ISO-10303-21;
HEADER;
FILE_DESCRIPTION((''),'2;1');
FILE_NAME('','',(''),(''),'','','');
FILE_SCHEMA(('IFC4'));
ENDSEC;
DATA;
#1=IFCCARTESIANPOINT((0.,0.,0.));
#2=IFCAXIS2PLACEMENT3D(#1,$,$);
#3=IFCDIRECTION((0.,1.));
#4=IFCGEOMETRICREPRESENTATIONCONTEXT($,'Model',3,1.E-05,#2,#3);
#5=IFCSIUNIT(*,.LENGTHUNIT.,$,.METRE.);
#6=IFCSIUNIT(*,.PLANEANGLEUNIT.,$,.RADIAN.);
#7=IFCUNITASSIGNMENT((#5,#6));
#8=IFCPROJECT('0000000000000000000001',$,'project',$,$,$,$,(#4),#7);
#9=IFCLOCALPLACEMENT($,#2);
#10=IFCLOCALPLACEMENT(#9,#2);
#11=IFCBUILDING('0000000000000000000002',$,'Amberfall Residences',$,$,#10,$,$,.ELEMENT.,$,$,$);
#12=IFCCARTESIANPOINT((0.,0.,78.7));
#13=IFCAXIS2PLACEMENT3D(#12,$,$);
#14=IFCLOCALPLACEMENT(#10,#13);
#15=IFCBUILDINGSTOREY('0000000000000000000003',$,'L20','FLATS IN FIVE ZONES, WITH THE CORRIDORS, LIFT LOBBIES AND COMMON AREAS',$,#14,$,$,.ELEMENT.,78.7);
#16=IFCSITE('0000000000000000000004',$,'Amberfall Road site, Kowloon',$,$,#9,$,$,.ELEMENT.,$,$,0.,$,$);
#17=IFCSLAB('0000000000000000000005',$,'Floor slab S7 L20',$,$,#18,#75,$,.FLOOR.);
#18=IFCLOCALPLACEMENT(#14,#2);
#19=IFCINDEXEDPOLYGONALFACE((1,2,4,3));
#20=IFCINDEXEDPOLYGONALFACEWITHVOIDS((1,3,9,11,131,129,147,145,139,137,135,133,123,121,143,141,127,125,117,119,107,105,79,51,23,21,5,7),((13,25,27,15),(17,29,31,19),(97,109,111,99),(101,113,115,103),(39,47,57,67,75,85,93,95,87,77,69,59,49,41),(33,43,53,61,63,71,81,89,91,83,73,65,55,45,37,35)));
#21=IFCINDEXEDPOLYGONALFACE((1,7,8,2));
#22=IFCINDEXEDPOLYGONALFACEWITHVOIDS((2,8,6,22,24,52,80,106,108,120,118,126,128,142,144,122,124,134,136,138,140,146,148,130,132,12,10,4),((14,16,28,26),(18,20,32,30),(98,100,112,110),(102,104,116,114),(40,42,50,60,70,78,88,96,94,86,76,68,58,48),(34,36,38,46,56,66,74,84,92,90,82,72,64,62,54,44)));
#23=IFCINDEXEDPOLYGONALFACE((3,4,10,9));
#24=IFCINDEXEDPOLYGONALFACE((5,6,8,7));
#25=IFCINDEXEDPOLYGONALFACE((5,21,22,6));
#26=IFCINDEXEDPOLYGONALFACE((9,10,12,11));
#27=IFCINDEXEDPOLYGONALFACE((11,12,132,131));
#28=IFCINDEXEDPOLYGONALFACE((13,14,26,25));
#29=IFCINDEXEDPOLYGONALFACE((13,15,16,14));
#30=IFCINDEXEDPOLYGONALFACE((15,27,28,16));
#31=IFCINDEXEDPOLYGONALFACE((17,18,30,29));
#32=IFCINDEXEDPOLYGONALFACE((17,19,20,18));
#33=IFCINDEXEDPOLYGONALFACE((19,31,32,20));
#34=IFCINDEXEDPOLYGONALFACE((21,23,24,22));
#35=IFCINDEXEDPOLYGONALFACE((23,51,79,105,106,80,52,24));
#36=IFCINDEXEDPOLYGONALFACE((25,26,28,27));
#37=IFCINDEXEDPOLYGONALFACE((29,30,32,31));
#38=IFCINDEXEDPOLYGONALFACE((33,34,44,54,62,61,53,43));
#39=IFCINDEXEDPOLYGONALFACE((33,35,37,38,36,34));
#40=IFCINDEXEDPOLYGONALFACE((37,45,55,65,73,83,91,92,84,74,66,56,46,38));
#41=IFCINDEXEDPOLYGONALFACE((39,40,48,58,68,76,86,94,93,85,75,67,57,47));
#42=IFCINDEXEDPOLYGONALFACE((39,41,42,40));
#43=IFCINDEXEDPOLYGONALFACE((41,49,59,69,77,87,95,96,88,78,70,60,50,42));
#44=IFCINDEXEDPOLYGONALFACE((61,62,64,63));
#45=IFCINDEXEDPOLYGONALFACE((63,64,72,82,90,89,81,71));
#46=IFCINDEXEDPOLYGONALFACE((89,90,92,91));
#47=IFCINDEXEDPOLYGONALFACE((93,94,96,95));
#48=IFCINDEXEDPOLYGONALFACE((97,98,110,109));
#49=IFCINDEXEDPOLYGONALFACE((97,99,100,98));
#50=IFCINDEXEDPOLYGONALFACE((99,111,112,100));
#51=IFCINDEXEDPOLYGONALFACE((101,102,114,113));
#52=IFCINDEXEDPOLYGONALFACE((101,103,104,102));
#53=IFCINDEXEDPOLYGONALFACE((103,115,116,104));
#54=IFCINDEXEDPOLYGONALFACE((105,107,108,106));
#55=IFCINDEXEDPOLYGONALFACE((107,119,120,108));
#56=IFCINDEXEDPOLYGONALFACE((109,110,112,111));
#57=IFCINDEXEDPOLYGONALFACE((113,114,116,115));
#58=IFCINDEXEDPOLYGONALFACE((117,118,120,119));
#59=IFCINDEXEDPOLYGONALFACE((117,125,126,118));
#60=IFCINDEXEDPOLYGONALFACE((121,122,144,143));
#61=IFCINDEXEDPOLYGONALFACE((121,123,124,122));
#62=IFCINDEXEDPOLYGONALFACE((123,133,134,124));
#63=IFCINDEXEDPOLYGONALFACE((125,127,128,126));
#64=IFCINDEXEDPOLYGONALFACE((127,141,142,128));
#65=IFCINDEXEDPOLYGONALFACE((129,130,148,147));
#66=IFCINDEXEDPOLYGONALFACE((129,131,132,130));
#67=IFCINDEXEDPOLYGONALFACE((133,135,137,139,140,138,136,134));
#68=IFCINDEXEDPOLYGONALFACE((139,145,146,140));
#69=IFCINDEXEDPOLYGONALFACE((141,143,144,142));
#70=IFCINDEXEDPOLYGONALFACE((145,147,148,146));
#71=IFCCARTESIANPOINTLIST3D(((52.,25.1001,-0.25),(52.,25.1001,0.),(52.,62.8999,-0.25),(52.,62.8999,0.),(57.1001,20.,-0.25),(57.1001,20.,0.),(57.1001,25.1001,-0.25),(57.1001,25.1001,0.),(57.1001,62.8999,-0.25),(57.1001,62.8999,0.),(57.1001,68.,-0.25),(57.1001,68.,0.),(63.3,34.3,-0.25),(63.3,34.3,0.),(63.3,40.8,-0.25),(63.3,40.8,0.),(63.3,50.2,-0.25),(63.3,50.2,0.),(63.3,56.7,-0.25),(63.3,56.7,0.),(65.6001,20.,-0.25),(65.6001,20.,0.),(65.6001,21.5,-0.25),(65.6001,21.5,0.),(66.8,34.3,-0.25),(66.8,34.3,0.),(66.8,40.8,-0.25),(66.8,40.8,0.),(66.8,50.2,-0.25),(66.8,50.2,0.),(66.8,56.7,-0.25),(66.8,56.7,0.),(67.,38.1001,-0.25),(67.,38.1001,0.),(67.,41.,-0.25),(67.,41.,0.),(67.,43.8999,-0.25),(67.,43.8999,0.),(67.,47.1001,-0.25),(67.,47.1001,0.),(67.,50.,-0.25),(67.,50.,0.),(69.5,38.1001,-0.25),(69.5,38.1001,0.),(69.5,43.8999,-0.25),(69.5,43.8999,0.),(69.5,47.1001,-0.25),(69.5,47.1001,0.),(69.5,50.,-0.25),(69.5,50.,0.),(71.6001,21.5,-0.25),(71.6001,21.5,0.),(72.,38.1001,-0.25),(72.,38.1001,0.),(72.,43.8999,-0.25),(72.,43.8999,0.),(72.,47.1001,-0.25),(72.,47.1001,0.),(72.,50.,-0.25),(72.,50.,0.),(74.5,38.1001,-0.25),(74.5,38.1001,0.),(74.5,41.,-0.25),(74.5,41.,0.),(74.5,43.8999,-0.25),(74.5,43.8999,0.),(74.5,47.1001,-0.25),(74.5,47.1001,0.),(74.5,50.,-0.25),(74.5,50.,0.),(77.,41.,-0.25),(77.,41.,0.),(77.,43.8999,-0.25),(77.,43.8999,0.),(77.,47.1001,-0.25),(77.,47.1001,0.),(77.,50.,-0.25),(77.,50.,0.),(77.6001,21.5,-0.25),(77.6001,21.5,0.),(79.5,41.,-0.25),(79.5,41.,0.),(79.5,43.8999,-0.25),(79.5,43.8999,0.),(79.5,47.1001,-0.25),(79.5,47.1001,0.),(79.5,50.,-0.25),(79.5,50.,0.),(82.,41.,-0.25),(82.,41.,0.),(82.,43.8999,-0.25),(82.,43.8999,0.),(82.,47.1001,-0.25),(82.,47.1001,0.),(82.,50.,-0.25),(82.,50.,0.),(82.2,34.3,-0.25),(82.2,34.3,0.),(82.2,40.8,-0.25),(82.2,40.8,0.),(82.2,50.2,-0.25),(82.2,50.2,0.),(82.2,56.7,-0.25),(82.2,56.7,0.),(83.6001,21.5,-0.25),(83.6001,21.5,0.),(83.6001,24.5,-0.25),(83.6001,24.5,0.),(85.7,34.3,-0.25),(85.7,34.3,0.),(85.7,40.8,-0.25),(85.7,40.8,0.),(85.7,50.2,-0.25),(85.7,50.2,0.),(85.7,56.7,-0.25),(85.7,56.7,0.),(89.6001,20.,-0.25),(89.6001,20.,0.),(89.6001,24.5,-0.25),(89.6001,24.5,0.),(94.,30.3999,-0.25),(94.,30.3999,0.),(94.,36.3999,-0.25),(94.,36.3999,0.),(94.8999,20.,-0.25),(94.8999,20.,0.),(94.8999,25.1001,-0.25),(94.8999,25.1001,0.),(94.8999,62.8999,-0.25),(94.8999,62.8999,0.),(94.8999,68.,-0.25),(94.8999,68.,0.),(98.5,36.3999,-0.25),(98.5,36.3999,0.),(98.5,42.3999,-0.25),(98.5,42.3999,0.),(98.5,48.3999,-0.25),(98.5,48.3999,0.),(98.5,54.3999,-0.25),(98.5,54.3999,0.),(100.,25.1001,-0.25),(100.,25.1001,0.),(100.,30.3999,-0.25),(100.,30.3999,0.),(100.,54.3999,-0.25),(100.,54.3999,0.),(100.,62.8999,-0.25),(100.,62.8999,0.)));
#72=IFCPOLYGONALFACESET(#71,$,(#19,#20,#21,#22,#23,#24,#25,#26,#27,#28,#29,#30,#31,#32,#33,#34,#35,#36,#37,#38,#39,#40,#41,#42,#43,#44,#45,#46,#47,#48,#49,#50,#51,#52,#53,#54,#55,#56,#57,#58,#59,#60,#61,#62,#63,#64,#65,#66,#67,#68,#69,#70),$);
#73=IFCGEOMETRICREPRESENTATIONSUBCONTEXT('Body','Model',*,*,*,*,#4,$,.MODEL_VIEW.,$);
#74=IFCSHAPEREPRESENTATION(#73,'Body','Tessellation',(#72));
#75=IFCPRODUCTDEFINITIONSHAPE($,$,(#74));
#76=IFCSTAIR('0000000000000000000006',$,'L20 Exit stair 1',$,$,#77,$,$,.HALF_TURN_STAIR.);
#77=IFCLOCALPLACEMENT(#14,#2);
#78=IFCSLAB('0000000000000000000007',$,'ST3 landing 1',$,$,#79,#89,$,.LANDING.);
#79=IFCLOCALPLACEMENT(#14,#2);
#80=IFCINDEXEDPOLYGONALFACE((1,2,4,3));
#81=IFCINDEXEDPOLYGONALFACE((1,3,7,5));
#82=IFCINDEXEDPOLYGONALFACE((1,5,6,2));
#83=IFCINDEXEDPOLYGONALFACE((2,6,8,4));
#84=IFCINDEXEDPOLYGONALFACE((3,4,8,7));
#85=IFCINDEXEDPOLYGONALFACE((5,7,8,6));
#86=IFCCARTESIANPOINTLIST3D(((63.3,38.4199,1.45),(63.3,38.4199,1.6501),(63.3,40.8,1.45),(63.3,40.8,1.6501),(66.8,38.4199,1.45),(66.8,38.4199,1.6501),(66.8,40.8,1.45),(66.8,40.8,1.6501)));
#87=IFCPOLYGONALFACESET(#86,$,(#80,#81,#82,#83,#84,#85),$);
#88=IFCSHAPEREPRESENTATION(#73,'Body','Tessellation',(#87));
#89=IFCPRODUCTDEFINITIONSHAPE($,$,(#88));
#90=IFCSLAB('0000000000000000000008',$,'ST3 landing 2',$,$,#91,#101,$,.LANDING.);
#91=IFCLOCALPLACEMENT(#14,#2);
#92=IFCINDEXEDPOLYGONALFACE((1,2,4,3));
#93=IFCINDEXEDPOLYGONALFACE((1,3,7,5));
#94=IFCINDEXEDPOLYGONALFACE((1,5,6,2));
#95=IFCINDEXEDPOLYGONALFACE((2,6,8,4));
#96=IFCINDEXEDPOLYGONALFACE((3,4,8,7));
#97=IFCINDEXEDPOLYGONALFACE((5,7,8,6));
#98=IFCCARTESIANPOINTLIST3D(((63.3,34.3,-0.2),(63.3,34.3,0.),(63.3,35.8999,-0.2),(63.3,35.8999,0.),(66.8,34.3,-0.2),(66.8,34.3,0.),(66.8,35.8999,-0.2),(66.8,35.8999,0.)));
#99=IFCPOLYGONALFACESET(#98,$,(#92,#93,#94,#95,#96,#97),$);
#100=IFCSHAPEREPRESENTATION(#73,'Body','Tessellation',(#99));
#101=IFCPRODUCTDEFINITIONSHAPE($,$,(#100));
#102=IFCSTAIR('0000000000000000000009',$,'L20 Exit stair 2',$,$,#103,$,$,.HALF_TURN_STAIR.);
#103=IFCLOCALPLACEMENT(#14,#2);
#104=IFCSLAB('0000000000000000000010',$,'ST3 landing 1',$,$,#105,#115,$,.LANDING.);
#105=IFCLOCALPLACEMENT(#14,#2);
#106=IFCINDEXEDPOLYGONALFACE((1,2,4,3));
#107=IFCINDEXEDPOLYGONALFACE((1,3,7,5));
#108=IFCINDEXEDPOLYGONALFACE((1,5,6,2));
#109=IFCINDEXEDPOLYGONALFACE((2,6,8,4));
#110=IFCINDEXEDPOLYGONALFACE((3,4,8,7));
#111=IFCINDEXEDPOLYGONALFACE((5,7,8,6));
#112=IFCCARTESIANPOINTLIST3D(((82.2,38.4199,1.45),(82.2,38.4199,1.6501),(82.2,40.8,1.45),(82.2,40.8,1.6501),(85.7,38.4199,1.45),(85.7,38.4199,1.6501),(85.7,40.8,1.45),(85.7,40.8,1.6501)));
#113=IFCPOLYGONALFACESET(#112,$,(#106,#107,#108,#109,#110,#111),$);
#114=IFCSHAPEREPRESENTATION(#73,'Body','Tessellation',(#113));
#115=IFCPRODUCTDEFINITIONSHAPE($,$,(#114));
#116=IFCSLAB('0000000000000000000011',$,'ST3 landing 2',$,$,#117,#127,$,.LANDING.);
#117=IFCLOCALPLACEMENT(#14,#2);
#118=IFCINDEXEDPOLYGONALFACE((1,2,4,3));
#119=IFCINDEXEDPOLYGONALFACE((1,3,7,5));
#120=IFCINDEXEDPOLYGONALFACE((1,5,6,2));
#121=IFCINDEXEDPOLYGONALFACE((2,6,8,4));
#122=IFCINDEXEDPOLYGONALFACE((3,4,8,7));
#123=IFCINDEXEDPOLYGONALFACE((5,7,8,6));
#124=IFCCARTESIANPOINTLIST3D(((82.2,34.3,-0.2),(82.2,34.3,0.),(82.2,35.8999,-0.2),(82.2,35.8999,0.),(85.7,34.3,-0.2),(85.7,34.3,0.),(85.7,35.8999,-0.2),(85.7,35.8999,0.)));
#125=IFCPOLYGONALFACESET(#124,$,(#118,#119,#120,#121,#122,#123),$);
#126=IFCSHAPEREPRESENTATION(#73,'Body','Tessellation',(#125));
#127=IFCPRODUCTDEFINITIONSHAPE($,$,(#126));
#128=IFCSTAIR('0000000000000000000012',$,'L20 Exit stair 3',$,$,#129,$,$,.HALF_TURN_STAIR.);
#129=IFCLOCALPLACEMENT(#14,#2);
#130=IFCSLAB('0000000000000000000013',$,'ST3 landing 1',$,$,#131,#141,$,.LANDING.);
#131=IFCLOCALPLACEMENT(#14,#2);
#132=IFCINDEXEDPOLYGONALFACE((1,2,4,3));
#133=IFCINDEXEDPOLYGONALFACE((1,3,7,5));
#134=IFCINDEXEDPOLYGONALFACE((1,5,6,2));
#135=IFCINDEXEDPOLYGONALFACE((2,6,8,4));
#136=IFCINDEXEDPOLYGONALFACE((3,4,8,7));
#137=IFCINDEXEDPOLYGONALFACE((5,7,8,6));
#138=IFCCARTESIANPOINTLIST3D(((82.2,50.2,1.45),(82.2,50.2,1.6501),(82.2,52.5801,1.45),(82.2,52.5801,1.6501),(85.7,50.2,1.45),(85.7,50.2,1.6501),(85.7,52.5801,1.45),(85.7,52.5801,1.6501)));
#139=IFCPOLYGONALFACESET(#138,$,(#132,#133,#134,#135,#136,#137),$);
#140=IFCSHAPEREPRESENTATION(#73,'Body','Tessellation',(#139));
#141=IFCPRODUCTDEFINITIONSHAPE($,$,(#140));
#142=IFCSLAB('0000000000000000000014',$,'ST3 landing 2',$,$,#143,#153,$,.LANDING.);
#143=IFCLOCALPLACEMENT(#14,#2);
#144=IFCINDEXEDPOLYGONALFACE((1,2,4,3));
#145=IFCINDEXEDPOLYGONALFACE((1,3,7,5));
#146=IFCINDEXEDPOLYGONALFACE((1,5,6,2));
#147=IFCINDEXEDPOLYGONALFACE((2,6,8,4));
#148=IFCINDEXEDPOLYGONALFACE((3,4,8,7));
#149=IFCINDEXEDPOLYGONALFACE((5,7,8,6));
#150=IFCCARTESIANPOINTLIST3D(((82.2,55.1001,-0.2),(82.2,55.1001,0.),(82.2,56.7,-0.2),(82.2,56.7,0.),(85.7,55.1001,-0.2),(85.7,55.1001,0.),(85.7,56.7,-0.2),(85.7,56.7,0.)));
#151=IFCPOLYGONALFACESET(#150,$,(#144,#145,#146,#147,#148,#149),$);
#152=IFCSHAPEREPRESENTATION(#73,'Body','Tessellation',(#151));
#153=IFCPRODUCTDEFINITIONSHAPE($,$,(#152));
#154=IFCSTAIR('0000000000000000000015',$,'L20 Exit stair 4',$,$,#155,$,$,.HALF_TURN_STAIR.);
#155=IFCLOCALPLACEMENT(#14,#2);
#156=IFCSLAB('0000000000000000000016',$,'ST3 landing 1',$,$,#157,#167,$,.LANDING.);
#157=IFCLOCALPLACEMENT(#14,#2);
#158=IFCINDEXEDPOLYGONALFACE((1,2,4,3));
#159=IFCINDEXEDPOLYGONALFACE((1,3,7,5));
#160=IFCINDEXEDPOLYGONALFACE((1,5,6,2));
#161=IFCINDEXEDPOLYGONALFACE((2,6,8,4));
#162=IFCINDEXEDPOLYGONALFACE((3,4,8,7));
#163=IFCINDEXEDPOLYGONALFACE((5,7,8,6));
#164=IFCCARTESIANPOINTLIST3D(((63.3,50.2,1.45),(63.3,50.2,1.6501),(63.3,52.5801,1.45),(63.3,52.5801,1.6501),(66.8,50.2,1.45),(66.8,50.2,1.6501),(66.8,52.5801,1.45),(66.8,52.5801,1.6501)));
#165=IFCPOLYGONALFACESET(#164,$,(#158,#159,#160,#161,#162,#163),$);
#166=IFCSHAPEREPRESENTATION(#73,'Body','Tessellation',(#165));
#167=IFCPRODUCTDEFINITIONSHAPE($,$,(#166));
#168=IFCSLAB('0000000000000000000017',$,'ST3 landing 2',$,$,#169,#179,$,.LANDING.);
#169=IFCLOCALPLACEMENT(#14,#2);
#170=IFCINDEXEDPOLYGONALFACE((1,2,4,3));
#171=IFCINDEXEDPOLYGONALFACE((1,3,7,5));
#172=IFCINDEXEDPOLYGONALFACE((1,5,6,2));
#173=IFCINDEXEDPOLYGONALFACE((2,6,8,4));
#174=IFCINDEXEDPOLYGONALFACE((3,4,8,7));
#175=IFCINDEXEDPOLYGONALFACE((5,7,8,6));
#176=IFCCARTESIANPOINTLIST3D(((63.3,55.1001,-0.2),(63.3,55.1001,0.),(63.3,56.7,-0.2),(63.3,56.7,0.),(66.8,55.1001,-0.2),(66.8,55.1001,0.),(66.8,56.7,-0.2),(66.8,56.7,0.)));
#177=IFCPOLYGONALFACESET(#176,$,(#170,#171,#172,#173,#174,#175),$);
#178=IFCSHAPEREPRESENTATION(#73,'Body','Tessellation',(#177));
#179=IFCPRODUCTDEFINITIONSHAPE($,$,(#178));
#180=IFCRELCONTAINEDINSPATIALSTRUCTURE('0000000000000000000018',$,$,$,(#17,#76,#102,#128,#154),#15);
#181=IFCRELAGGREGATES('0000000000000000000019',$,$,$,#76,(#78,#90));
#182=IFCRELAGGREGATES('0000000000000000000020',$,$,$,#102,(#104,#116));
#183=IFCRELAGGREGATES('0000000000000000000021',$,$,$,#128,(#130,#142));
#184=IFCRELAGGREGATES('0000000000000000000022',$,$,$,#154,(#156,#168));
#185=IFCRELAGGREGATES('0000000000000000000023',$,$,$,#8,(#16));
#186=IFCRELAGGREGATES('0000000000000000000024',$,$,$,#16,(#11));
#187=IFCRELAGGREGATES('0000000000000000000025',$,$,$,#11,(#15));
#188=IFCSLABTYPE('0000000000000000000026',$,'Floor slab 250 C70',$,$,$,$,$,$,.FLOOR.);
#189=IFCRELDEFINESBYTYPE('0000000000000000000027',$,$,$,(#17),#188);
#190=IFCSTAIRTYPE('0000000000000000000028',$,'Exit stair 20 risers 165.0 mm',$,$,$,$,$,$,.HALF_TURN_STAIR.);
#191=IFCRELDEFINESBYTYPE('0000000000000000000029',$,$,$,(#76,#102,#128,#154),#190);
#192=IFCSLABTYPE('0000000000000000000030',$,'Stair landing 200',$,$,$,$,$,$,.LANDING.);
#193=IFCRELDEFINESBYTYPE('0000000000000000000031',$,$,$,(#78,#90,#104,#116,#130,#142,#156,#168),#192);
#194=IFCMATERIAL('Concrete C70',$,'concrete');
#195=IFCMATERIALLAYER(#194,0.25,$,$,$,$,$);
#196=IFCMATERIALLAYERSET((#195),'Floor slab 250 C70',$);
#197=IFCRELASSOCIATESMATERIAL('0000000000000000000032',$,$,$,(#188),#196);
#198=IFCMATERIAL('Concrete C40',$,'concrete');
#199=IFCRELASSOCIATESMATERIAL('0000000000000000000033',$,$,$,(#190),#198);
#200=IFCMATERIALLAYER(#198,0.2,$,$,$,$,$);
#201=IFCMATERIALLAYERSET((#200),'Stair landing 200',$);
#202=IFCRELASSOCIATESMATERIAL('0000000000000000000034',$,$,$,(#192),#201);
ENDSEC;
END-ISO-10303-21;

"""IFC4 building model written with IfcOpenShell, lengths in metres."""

from ifc_helpers import new_model, si_unit, direction, frame, origin, place, context, subcontext, project, spatial, polyline, outline, extrude, material, layer, layer_set, type_object, element, aggregate, save


model = new_model("IFC4")

# Units and contexts
model_context = context("Model", 3, precision=1e-05, world=origin(), true_north=direction((0.0, 1.0)))
body_context = subcontext(model_context, "Body", "Model", "MODEL_VIEW")
ifc_project = project(units=[si_unit("LENGTHUNIT", "METRE"), si_unit("PLANEANGLEUNIT", "RADIAN")], contexts=[model_context])

# Site, building, storey
site_placement = place(None, origin())
site = spatial("IfcSite", under=ifc_project, at=site_placement, Name="Amberfall Road site, Kowloon", CompositionType="ELEMENT", RefElevation=0.0)
building_placement = place(site_placement, origin())
building = spatial("IfcBuilding", under=site, at=building_placement, Name="Amberfall Residences", CompositionType="ELEMENT")
storey_placement = place(building_placement, frame((0.0, 0.0, 78.7)))
storey = spatial("IfcBuildingStorey", under=building, at=storey_placement, Name="L20", Description="FLATS IN FIVE ZONES, WITH THE CORRIDORS, LIFT LOBBIES AND COMMON AREAS", CompositionType="ELEMENT", Elevation=78.7)

# Slab
ifc_material_1 = material(Name="Concrete C70", Category="concrete")
ifc_layer_1 = layer(ifc_material_1, 0.25)
ifc_layer_set_1 = layer_set([ifc_layer_1], Name="Floor slab 250 C70")
slab_type_1 = type_object("IfcSlabType", Name="Floor slab 250 C70", PredefinedType="FLOOR", material=ifc_layer_set_1)
slab_1_placement = place(storey_placement, frame((0.0, 0.0, -0.25)))
element("IfcSlab", 1, at=slab_1_placement, inside=storey, type_object=slab_type_1, Name="Floor slab S7 L20", PredefinedType="FLOOR", context=body_context, shape_type="SweptSolid", body=[
    extrude(outline(polyline([(89.6001, 20.0), (89.6001, 24.5), (83.6001, 24.5), (83.6001, 21.5), (77.6001, 21.5), (71.6001, 21.5), (65.6001, 21.5), (65.6001, 20.0), (57.1001, 20.0), (57.1001, 25.1001), (52.0, 25.1001), (52.0, 62.8999), (57.1001, 62.8999), (57.1001, 68.0), (94.8999, 68.0), (94.8999, 62.8999), (100.0, 62.8999), (100.0, 54.3999), (98.5, 54.3999), (98.5, 48.3999), (98.5, 42.3999), (98.5, 36.3999), (94.0, 36.3999), (94.0, 30.3999), (100.0, 30.3999), (100.0, 25.1001), (94.8999, 25.1001), (94.8999, 20.0), (89.6001, 20.0)]), holes=[polyline([(85.7, 34.3), (85.7, 40.8), (82.2, 40.8), (82.2, 34.3), (85.7, 34.3)]), polyline([(82.2, 50.2), (85.7, 50.2), (85.7, 56.7), (82.2, 56.7), (82.2, 50.2)]), polyline([(69.5, 50.0), (67.0, 50.0), (67.0, 47.1001), (69.5, 47.1001), (72.0, 47.1001), (74.5, 47.1001), (77.0, 47.1001), (79.5, 47.1001), (82.0, 47.1001), (82.0, 50.0), (79.5, 50.0), (77.0, 50.0), (74.5, 50.0), (72.0, 50.0), (69.5, 50.0)]), polyline([(74.5, 41.0), (77.0, 41.0), (79.5, 41.0), (82.0, 41.0), (82.0, 43.8999), (79.5, 43.8999), (77.0, 43.8999), (74.5, 43.8999), (72.0, 43.8999), (69.5, 43.8999), (67.0, 43.8999), (67.0, 41.0), (67.0, 38.1001), (69.5, 38.1001), (72.0, 38.1001), (74.5, 38.1001), (74.5, 41.0)]), polyline([(66.8, 34.3), (66.8, 40.8), (63.3, 40.8), (63.3, 34.3), (66.8, 34.3)]), polyline([(66.8, 50.2), (66.8, 56.7), (63.3, 56.7), (63.3, 50.2), (66.8, 50.2)])]), origin(), (0.0, 0.0, 1.0), 0.25),
])

# Stairs, slabs
ifc_material_2 = material(Name="Concrete C40", Category="concrete")
stair_type = type_object("IfcStairType", Name="Exit stair 20 risers 165.0 mm", PredefinedType="HALF_TURN_STAIR", material=ifc_material_2)
stair_1_placement = place(storey_placement, origin())
stair_1 = element("IfcStair", 2, at=stair_1_placement, inside=storey, type_object=stair_type, Name="L20 Exit stair 1", PredefinedType="HALF_TURN_STAIR")
ifc_layer_2 = layer(ifc_material_2, 0.2)
ifc_layer_set_2 = layer_set([ifc_layer_2], Name="Stair landing 200")
slab_type_2 = type_object("IfcSlabType", Name="Stair landing 200", PredefinedType="LANDING", material=ifc_layer_set_2)
slab_2_placement = place(storey_placement, frame((0.0, 0.0, 1.45)))
slab_2 = element("IfcSlab", 3, at=slab_2_placement, type_object=slab_type_2, Name="ST3 landing 1", PredefinedType="LANDING", context=body_context, shape_type="SweptSolid", body=[
    extrude(outline(polyline([(66.8, 38.4199), (66.8, 40.8), (63.3, 40.8), (63.3, 38.4199), (66.8, 38.4199)])), origin(), (0.0, 0.0, 1.0), 0.2002),
])
slab_3_placement = place(storey_placement, frame((0.0, 0.0, -0.2)))
slab_3 = element("IfcSlab", 4, at=slab_3_placement, type_object=slab_type_2, Name="ST3 landing 2", PredefinedType="LANDING", context=body_context, shape_type="SweptSolid", body=[
    extrude(outline(polyline([(66.8, 34.3), (66.8, 35.8999), (63.3, 35.8999), (63.3, 34.3), (66.8, 34.3)])), origin(), (0.0, 0.0, 1.0), 0.2),
])
aggregate(stair_1, [slab_2, slab_3])
stair_2_placement = place(storey_placement, origin())
stair_2 = element("IfcStair", 5, at=stair_2_placement, inside=storey, type_object=stair_type, Name="L20 Exit stair 2", PredefinedType="HALF_TURN_STAIR")
slab_4_placement = place(storey_placement, frame((0.0, 0.0, 1.45)))
slab_4 = element("IfcSlab", 6, at=slab_4_placement, type_object=slab_type_2, Name="ST3 landing 1", PredefinedType="LANDING", context=body_context, shape_type="SweptSolid", body=[
    extrude(outline(polyline([(85.7, 38.4199), (85.7, 40.8), (82.2, 40.8), (82.2, 38.4199), (85.7, 38.4199)])), origin(), (0.0, 0.0, 1.0), 0.2002),
])
slab_5_placement = place(storey_placement, frame((0.0, 0.0, -0.2)))
slab_5 = element("IfcSlab", 7, at=slab_5_placement, type_object=slab_type_2, Name="ST3 landing 2", PredefinedType="LANDING", context=body_context, shape_type="SweptSolid", body=[
    extrude(outline(polyline([(85.7, 34.3), (85.7, 35.8999), (82.2, 35.8999), (82.2, 34.3), (85.7, 34.3)])), origin(), (0.0, 0.0, 1.0), 0.2),
])
aggregate(stair_2, [slab_4, slab_5])
stair_3_placement = place(storey_placement, origin())
stair_3 = element("IfcStair", 8, at=stair_3_placement, inside=storey, type_object=stair_type, Name="L20 Exit stair 3", PredefinedType="HALF_TURN_STAIR")
slab_6_placement = place(storey_placement, frame((0.0, 0.0, 1.45)))
slab_6 = element("IfcSlab", 9, at=slab_6_placement, type_object=slab_type_2, Name="ST3 landing 1", PredefinedType="LANDING", context=body_context, shape_type="SweptSolid", body=[
    extrude(outline(polyline([(82.2, 52.5801), (82.2, 50.2), (85.7, 50.2), (85.7, 52.5801), (82.2, 52.5801)])), origin(), (0.0, 0.0, 1.0), 0.2002),
])
slab_7_placement = place(storey_placement, frame((0.0, 0.0, -0.2)))
slab_7 = element("IfcSlab", 10, at=slab_7_placement, type_object=slab_type_2, Name="ST3 landing 2", PredefinedType="LANDING", context=body_context, shape_type="SweptSolid", body=[
    extrude(outline(polyline([(82.2, 56.7), (82.2, 55.1001), (85.7, 55.1001), (85.7, 56.7), (82.2, 56.7)])), origin(), (0.0, 0.0, 1.0), 0.2),
])
aggregate(stair_3, [slab_6, slab_7])
stair_4_placement = place(storey_placement, origin())
stair_4 = element("IfcStair", 11, at=stair_4_placement, inside=storey, type_object=stair_type, Name="L20 Exit stair 4", PredefinedType="HALF_TURN_STAIR")
slab_8_placement = place(storey_placement, frame((0.0, 0.0, 1.45)))
slab_8 = element("IfcSlab", 12, at=slab_8_placement, type_object=slab_type_2, Name="ST3 landing 1", PredefinedType="LANDING", context=body_context, shape_type="SweptSolid", body=[
    extrude(outline(polyline([(63.3, 52.5801), (63.3, 50.2), (66.8, 50.2), (66.8, 52.5801), (63.3, 52.5801)])), origin(), (0.0, 0.0, 1.0), 0.2002),
])
slab_9_placement = place(storey_placement, frame((0.0, 0.0, -0.2)))
slab_9 = element("IfcSlab", 13, at=slab_9_placement, type_object=slab_type_2, Name="ST3 landing 2", PredefinedType="LANDING", context=body_context, shape_type="SweptSolid", body=[
    extrude(outline(polyline([(63.3, 56.7), (63.3, 55.1001), (66.8, 55.1001), (66.8, 56.7), (63.3, 56.7)])), origin(), (0.0, 0.0, 1.0), 0.2),
])
aggregate(stair_4, [slab_8, slab_9])

save(model, "model.ifc")
